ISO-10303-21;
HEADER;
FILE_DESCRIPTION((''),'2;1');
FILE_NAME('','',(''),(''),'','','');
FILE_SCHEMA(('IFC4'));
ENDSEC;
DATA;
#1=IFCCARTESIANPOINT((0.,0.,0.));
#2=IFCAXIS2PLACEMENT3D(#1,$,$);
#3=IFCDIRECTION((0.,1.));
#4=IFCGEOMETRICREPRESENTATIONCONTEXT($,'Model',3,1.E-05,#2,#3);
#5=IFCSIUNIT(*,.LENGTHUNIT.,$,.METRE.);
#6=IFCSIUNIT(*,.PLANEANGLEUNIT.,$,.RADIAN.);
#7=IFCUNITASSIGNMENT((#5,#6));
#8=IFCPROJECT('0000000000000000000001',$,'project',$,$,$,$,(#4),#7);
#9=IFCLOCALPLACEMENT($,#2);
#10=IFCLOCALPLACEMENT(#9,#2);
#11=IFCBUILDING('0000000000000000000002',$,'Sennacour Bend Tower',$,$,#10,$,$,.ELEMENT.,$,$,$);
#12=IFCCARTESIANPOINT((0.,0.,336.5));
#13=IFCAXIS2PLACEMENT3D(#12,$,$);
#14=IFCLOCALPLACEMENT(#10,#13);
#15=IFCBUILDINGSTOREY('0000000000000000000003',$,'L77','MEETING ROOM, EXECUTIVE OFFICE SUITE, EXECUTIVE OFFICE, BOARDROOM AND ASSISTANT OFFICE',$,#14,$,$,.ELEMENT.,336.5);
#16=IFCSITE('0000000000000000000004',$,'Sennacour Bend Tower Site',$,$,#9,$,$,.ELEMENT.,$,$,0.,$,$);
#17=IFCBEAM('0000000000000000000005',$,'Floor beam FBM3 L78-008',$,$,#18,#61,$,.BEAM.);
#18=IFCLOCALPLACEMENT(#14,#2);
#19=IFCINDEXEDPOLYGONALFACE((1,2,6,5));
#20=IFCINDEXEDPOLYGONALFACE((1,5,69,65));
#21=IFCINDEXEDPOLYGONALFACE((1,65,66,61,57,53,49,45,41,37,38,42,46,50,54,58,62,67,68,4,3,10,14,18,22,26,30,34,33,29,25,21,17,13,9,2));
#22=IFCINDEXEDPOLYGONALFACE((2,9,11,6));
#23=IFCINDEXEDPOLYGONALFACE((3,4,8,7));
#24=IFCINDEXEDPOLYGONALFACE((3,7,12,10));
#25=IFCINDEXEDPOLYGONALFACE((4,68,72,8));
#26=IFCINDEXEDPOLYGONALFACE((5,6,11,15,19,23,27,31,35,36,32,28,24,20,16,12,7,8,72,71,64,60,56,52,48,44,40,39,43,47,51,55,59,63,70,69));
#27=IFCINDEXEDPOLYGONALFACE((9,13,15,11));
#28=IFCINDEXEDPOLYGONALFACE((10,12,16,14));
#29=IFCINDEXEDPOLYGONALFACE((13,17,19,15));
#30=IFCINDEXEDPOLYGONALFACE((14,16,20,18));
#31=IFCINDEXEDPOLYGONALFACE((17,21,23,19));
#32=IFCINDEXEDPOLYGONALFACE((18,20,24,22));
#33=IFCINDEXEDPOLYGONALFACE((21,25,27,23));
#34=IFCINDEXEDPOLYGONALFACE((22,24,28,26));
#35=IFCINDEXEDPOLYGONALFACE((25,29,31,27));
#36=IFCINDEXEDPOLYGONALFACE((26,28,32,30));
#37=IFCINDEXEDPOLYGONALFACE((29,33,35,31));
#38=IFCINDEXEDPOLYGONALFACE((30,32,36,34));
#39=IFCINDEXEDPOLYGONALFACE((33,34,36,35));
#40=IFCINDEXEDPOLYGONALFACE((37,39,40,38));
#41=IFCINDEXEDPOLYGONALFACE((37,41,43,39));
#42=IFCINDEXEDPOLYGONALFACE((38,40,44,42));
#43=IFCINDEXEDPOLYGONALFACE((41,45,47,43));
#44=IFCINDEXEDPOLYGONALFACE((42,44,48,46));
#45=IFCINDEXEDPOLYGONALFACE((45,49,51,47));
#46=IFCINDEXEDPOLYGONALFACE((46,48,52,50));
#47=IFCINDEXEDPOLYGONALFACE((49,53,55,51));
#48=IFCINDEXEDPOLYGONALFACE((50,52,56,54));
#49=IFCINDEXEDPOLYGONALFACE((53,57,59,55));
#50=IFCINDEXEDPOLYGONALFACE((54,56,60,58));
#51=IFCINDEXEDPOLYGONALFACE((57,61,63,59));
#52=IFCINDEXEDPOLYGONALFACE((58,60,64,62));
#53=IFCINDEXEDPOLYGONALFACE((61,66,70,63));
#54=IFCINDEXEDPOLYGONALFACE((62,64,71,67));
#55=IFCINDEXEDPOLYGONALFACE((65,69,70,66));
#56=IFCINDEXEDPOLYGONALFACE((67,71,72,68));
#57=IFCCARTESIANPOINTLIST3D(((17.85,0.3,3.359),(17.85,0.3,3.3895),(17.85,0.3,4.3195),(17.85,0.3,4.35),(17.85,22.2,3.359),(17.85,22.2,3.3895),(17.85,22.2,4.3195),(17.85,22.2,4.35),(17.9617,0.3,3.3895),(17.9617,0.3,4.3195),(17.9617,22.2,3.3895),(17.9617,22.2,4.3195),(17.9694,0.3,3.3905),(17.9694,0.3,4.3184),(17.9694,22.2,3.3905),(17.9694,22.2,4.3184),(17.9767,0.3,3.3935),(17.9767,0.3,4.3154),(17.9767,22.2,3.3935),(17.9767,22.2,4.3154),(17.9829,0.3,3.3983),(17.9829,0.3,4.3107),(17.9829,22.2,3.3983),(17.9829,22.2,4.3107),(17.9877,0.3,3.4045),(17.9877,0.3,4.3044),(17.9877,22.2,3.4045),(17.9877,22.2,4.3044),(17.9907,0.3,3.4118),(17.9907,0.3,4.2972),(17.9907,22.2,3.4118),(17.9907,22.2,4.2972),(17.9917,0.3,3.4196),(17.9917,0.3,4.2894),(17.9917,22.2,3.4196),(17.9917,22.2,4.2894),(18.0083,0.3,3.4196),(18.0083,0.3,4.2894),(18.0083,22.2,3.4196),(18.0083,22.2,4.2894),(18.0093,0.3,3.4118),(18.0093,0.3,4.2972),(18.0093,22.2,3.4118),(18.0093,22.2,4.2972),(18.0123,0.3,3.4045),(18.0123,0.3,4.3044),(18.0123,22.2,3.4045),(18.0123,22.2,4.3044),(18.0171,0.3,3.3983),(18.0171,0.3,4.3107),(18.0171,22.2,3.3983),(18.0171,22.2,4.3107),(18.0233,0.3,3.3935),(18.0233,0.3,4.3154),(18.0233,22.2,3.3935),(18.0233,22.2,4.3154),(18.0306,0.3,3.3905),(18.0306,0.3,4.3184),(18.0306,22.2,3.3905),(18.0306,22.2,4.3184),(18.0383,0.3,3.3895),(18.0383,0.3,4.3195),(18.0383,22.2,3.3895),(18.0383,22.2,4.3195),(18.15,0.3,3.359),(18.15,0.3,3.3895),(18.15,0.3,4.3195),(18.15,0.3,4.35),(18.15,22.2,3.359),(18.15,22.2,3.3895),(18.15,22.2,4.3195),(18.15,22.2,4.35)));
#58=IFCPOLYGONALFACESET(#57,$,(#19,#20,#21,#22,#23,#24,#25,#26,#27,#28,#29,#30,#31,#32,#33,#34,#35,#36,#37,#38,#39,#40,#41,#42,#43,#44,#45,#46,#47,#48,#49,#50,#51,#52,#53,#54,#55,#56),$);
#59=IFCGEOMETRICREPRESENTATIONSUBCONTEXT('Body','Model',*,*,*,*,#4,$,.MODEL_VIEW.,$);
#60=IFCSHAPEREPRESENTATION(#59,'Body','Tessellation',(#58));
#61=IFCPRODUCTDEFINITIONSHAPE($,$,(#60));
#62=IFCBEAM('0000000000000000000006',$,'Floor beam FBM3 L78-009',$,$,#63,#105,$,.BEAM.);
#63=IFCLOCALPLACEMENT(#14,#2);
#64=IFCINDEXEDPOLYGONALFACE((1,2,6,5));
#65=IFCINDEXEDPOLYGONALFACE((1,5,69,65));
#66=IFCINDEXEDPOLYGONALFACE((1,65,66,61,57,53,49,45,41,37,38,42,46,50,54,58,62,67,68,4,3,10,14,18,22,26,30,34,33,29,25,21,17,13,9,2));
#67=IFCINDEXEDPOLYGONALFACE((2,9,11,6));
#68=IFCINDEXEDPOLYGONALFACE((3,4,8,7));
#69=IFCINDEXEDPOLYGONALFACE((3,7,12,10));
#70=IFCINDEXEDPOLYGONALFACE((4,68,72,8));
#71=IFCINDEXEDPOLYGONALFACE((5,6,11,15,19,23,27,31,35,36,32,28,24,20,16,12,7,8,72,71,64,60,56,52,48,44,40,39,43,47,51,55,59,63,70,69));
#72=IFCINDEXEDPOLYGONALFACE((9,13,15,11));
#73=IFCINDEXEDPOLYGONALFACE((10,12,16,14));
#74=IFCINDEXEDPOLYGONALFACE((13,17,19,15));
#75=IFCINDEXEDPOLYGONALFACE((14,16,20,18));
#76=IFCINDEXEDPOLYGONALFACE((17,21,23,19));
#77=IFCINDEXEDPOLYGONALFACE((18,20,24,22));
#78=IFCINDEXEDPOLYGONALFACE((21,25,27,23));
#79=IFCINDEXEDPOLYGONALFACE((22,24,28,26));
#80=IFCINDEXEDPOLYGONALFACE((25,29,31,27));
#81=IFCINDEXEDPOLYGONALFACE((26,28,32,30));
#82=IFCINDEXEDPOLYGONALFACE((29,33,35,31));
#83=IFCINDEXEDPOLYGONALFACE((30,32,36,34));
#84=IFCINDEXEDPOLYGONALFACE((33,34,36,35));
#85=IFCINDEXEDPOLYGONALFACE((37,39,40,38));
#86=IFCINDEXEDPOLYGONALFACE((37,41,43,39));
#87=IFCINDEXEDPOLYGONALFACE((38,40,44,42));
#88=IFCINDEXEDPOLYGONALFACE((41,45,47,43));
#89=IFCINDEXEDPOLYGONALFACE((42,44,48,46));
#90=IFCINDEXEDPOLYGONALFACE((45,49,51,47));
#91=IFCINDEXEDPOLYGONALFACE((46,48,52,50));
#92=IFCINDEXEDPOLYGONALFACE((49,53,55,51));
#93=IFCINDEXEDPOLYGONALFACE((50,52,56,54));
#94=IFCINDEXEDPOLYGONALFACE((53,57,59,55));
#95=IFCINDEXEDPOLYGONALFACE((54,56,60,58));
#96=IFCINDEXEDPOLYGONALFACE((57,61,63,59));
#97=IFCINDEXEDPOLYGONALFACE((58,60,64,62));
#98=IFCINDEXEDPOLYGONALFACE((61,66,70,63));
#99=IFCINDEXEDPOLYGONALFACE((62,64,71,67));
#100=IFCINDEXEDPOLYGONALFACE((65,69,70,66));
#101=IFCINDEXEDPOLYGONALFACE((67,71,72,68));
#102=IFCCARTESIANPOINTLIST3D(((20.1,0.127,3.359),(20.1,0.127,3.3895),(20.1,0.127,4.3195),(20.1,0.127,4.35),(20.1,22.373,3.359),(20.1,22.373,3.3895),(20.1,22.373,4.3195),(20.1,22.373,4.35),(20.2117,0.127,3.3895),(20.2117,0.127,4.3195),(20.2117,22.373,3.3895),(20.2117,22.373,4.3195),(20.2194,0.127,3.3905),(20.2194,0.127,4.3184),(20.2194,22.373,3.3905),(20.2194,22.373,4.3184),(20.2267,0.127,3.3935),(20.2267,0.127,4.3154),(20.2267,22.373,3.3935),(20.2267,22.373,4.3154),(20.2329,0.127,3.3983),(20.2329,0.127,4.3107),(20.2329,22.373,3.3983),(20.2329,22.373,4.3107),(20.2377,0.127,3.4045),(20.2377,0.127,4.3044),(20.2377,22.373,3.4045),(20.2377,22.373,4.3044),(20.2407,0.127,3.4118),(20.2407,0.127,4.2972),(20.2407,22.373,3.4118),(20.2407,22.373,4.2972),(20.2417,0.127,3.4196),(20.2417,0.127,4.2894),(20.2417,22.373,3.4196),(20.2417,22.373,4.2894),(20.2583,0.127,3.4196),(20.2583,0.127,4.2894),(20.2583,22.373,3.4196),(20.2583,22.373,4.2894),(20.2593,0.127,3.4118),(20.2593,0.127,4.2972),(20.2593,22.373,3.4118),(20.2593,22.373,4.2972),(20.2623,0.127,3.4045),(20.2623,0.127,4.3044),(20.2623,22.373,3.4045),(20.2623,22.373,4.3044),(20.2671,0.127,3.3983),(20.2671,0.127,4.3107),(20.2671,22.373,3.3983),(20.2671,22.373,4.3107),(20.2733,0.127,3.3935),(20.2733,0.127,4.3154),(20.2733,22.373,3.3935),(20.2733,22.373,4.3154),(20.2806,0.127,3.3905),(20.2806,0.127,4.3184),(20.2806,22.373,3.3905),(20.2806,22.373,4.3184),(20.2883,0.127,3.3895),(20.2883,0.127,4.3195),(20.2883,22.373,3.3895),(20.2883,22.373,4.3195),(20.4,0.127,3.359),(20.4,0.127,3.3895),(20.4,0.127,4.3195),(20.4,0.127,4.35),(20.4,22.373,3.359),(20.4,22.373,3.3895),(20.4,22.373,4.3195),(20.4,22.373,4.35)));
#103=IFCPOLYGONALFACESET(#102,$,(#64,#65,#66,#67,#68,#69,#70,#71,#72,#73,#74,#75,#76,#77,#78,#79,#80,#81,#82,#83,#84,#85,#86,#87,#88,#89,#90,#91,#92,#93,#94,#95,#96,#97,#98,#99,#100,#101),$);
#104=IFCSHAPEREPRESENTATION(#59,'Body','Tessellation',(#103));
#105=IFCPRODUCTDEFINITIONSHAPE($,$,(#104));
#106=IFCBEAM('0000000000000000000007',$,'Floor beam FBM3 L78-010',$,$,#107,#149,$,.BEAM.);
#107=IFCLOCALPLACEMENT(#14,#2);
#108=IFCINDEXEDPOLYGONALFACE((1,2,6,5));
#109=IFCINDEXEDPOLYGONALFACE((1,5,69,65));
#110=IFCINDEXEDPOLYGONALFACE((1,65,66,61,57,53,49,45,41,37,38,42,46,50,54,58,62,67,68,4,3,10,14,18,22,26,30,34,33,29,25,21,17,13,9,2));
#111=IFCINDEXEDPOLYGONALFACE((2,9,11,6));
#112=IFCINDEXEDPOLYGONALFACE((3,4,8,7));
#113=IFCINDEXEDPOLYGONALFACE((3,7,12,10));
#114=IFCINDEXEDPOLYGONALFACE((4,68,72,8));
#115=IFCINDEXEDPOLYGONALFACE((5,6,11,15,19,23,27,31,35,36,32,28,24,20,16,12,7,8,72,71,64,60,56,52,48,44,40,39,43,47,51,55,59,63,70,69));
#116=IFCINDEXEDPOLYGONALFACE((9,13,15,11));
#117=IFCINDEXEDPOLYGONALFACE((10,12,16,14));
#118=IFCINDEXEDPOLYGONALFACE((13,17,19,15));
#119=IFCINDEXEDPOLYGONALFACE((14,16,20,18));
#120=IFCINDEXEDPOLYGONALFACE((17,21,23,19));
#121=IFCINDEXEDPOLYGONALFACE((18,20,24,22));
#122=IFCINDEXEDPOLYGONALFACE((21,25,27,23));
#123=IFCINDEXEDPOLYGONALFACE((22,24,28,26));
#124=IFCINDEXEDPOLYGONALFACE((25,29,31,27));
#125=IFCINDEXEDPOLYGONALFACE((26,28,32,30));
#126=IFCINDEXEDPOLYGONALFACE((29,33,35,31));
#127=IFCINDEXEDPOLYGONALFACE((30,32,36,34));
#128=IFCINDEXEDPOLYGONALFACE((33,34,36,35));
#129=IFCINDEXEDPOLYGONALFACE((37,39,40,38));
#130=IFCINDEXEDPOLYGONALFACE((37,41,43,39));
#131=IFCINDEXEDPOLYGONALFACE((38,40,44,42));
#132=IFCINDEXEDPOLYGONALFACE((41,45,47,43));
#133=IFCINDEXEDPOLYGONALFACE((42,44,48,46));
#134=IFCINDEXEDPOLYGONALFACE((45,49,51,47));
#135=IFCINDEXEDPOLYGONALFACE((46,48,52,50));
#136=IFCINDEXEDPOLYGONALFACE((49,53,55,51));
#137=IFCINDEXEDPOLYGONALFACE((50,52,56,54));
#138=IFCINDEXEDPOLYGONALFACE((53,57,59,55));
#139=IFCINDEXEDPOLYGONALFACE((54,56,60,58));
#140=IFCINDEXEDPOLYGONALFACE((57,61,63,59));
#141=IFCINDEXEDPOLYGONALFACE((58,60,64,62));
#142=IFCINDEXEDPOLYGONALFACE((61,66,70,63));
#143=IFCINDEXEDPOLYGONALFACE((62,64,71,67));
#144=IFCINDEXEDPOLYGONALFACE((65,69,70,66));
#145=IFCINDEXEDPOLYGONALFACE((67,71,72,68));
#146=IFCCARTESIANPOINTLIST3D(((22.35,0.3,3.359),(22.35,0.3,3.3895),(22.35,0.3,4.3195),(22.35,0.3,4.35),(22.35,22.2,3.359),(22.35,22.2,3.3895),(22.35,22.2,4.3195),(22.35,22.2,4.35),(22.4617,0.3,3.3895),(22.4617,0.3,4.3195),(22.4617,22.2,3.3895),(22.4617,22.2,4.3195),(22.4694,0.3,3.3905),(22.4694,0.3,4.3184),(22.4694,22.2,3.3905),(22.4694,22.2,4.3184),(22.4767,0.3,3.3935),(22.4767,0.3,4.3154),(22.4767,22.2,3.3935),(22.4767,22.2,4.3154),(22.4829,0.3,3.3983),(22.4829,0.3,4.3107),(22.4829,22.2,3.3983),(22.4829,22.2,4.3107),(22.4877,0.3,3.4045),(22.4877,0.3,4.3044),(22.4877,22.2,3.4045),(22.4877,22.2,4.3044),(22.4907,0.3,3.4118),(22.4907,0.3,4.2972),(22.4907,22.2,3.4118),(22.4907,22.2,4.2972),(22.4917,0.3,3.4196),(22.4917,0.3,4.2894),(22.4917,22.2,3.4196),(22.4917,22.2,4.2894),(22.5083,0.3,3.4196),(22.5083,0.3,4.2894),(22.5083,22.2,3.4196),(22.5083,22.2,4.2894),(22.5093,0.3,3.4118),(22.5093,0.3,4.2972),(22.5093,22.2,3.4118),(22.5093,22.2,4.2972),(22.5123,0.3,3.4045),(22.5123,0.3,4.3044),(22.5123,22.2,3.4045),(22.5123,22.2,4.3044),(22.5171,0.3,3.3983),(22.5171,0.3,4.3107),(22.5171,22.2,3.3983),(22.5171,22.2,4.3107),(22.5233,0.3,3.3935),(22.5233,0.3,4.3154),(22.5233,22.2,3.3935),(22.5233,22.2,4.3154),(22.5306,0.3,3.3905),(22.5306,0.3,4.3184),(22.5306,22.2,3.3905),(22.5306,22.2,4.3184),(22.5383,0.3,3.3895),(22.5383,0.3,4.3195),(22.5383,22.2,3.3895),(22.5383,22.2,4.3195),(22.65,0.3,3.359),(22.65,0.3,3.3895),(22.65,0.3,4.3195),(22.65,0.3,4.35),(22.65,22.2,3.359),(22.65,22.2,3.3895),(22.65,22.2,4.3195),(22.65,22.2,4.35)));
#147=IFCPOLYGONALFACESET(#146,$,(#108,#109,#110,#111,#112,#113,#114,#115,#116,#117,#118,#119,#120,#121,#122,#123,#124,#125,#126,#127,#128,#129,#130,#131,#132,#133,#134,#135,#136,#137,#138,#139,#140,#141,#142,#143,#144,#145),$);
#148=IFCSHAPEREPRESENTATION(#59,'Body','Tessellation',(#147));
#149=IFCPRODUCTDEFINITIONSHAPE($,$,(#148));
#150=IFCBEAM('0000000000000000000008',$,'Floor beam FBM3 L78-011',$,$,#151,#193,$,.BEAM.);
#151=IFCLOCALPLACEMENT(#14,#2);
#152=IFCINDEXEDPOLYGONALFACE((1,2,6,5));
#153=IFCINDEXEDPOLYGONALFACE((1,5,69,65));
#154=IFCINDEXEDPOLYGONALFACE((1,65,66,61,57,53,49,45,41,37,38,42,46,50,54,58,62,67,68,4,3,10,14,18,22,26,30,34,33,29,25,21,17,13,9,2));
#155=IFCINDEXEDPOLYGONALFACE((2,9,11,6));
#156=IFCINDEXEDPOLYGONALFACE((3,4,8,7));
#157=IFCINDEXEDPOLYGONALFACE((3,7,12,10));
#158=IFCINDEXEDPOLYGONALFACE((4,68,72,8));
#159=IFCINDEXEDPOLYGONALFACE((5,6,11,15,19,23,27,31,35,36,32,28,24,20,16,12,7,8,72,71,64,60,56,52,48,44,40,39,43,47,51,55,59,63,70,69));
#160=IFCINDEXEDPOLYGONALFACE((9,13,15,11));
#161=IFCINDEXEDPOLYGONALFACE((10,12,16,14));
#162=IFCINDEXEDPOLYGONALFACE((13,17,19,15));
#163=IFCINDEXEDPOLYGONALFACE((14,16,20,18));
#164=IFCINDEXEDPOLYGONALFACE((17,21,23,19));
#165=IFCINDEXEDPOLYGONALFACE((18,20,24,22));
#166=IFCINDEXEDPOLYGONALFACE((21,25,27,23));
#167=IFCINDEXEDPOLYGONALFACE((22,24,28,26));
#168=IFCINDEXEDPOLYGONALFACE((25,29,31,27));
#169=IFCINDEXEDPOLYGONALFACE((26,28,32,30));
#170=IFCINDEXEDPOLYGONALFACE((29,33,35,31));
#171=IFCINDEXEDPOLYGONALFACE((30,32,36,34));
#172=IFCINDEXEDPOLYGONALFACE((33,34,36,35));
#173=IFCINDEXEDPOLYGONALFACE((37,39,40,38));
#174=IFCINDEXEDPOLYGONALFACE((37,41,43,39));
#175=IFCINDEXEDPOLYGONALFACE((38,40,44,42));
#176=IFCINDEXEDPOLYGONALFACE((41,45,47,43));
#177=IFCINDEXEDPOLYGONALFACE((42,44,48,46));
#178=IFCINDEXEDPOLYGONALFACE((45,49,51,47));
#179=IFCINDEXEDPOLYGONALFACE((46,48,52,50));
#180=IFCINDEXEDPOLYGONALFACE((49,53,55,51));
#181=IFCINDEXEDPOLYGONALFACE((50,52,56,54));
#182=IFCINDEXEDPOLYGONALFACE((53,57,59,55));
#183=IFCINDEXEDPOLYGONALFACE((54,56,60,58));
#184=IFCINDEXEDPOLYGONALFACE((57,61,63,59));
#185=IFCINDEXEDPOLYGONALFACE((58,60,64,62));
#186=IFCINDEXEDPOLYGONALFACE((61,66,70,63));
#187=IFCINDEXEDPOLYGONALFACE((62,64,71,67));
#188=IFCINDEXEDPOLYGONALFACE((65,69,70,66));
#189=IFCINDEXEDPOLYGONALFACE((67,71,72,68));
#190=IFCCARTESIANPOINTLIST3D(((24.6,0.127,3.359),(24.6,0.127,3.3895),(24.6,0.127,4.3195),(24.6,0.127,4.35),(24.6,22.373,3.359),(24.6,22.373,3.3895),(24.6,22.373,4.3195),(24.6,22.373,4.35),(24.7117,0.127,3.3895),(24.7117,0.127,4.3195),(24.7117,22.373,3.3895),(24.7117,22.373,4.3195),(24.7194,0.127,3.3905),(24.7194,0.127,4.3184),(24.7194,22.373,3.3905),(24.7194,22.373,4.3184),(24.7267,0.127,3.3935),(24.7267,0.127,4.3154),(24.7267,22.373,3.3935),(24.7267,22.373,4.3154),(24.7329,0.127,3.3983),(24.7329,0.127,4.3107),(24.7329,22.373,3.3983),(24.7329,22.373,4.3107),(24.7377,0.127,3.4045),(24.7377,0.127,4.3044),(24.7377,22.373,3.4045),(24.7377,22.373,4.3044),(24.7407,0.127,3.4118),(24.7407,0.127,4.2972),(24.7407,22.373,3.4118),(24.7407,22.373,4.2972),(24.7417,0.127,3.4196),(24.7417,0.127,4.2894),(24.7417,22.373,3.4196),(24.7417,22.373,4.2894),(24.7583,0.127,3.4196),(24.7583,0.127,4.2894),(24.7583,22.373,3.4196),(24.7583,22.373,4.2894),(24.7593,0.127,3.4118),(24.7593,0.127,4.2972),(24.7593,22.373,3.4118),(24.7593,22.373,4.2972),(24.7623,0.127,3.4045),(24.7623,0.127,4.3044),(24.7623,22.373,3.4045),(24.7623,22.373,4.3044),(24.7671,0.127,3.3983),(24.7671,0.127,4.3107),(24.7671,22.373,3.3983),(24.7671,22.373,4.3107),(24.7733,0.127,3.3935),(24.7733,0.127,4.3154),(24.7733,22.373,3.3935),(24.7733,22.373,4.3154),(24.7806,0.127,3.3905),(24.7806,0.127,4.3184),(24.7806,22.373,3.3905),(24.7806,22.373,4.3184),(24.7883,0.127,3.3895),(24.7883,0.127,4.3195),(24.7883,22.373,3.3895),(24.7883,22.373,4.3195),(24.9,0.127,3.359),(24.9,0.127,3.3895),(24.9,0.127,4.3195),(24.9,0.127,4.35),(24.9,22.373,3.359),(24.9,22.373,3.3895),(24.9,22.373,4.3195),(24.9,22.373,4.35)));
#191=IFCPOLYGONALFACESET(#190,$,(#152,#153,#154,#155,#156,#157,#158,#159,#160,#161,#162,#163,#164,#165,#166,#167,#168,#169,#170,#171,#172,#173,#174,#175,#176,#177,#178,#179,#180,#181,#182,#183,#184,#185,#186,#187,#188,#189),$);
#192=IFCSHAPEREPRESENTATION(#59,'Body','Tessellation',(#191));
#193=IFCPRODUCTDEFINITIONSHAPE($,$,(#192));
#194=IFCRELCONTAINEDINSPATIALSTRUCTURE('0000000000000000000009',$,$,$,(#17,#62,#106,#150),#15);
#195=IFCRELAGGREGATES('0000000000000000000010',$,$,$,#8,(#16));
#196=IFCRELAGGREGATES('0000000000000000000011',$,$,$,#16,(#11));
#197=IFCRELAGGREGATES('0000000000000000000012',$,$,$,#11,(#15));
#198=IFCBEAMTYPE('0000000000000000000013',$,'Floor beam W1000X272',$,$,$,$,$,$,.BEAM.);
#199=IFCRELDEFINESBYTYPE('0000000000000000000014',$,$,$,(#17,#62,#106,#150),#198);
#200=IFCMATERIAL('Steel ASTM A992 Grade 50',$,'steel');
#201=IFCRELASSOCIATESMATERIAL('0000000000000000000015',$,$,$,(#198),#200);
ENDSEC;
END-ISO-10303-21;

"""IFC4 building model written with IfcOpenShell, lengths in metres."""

from ifc_helpers import new_model, si_unit, direction, frame, origin, origin_2d, place, context, subcontext, project, spatial, i_section, extrude, material, material_profile, profile_set, type_object, element, save


model = new_model("IFC4")

# Units and contexts
model_context = context("Model", 3, precision=1e-05, world=origin(), true_north=direction((0.0, 1.0)))
body_context = subcontext(model_context, "Body", "Model", "MODEL_VIEW")
ifc_project = project(units=[si_unit("LENGTHUNIT", "METRE"), si_unit("PLANEANGLEUNIT", "RADIAN")], contexts=[model_context])

# Site, building, storey
site_placement = place(None, origin())
site = spatial("IfcSite", under=ifc_project, at=site_placement, Name="Sennacour Bend Tower Site", CompositionType="ELEMENT", RefElevation=0.0)
building_placement = place(site_placement, origin())
building = spatial("IfcBuilding", under=site, at=building_placement, Name="Sennacour Bend Tower", CompositionType="ELEMENT")
storey_placement = place(building_placement, frame((0.0, 0.0, 336.5)))
storey = spatial("IfcBuildingStorey", under=building, at=storey_placement, Name="L77", Description="MEETING ROOM, EXECUTIVE OFFICE SUITE, EXECUTIVE OFFICE, BOARDROOM AND ASSISTANT OFFICE", CompositionType="ELEMENT", Elevation=336.5)

# Beams
ifc_material_1 = material(Name="Steel ASTM A992 Grade 50", Category="steel")
ifc_material_profile_1 = material_profile(ifc_material_1, i_section(OverallWidth=0.3, OverallDepth=0.991, WebThickness=0.0166, FlangeThickness=0.0305, FilletRadius=0.03, at=origin_2d()), Name="Steel ASTM A992 Grade 50", Category="steel")
ifc_profile_set_1 = profile_set([ifc_material_profile_1], Name="Steel ASTM A992 Grade 50")
beam_type_1 = type_object("IfcBeamType", Name="Floor beam W1000X272", PredefinedType="BEAM", material=ifc_profile_set_1)
beam_1_placement = place(storey_placement, frame((18.0, 0.3, 3.8545), z_axis=(0.0, 1.0, 0.0), x_axis=(-1.0, 0.0, 0.0)))
element("IfcBeam", 1, at=beam_1_placement, inside=storey, type_object=beam_type_1, Name="Floor beam FBM3 L78-008", PredefinedType="BEAM", context=body_context, shape_type="SweptSolid", body=[
    extrude(i_section(OverallWidth=0.3, OverallDepth=0.991, WebThickness=0.0166, FlangeThickness=0.0305, FilletRadius=0.03, at=origin_2d()), origin(), (0.0, 0.0, 1.0), 21.8999),
])
beam_2_placement = place(storey_placement, frame((20.25, 0.127, 3.8545), z_axis=(0.0, 1.0, 0.0), x_axis=(-1.0, 0.0, 0.0)))
element("IfcBeam", 2, at=beam_2_placement, inside=storey, type_object=beam_type_1, Name="Floor beam FBM3 L78-009", PredefinedType="BEAM", context=body_context, shape_type="SweptSolid", body=[
    extrude(i_section(OverallWidth=0.3, OverallDepth=0.991, WebThickness=0.0166, FlangeThickness=0.0305, FilletRadius=0.03, at=origin_2d()), origin(), (0.0, 0.0, 1.0), 22.2461),
])
beam_3_placement = place(storey_placement, frame((22.5, 0.3, 3.8545), z_axis=(0.0, 1.0, 0.0), x_axis=(-1.0, 0.0, 0.0)))
element("IfcBeam", 3, at=beam_3_placement, inside=storey, type_object=beam_type_1, Name="Floor beam FBM3 L78-010", PredefinedType="BEAM", context=body_context, shape_type="SweptSolid", body=[
    extrude(i_section(OverallWidth=0.3, OverallDepth=0.991, WebThickness=0.0166, FlangeThickness=0.0305, FilletRadius=0.03, at=origin_2d()), origin(), (0.0, 0.0, 1.0), 21.8999),
])
beam_4_placement = place(storey_placement, frame((24.75, 0.127, 3.8545), z_axis=(0.0, 1.0, 0.0), x_axis=(-1.0, 0.0, 0.0)))
element("IfcBeam", 4, at=beam_4_placement, inside=storey, type_object=beam_type_1, Name="Floor beam FBM3 L78-011", PredefinedType="BEAM", context=body_context, shape_type="SweptSolid", body=[
    extrude(i_section(OverallWidth=0.3, OverallDepth=0.991, WebThickness=0.0166, FlangeThickness=0.0305, FilletRadius=0.03, at=origin_2d()), origin(), (0.0, 0.0, 1.0), 22.2461),
])

save(model, "model.ifc")
